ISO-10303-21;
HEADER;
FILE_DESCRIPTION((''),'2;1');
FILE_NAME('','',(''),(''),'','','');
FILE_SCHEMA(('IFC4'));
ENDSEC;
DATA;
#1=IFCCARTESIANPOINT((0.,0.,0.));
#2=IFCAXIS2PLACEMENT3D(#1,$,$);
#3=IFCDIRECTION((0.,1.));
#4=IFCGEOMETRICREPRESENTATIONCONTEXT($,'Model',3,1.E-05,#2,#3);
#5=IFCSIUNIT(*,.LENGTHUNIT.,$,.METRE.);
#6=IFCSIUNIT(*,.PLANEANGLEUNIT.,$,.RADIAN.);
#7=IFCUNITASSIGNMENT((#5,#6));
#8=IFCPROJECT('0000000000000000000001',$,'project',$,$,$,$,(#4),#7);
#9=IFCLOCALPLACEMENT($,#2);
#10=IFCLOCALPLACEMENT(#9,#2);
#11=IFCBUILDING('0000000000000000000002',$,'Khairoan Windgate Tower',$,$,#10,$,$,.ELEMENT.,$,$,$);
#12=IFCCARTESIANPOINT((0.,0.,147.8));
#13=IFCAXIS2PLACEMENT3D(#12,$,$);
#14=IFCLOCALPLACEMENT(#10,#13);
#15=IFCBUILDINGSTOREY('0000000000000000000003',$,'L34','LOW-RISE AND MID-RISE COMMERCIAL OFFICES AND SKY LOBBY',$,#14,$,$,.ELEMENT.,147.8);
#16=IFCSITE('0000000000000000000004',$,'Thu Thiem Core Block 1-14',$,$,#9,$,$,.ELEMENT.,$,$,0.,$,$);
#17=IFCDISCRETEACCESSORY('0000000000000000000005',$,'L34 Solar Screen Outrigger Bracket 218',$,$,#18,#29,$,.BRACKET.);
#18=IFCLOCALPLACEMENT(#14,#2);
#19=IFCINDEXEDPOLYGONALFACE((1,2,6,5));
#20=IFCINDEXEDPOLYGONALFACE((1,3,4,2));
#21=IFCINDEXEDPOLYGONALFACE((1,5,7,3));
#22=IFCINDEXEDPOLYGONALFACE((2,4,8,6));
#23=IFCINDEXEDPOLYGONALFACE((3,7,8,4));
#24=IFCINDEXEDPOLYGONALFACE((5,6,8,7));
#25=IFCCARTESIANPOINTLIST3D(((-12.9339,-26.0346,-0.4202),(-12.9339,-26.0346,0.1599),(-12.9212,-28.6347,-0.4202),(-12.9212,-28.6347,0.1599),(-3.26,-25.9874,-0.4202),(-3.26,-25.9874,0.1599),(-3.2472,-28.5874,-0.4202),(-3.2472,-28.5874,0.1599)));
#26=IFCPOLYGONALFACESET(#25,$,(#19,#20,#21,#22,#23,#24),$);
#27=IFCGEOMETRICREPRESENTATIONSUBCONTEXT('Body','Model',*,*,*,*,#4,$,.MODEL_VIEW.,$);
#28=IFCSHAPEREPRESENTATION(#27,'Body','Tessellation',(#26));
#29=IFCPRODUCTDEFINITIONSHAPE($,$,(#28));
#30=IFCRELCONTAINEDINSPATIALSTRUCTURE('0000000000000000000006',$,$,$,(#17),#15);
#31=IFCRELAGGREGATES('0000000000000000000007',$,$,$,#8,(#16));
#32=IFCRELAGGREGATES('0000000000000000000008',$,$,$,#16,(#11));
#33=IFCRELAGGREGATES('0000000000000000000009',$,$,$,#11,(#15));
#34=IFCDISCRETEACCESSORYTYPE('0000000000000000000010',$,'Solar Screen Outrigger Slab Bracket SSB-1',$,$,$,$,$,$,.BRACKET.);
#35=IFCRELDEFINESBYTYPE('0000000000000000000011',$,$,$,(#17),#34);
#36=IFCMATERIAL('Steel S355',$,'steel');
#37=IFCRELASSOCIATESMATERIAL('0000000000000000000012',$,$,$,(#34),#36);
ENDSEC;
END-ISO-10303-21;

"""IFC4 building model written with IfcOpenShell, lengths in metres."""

from ifc_helpers import new_model, si_unit, direction, frame, origin, origin_2d, place, context, subcontext, project, spatial, rectangle, extrude, material, type_object, element, save


model = new_model("IFC4")

# Units and contexts
model_context = context("Model", 3, precision=1e-05, world=origin(), true_north=direction((0.0, 1.0)))
body_context = subcontext(model_context, "Body", "Model", "MODEL_VIEW")
ifc_project = project(units=[si_unit("LENGTHUNIT", "METRE"), si_unit("PLANEANGLEUNIT", "RADIAN")], contexts=[model_context])

# Site, building, storey
site_placement = place(None, origin())
site = spatial("IfcSite", under=ifc_project, at=site_placement, Name="Thu Thiem Core Block 1-14", CompositionType="ELEMENT", RefElevation=0.0)
building_placement = place(site_placement, origin())
building = spatial("IfcBuilding", under=site, at=building_placement, Name="Khairoan Windgate Tower", CompositionType="ELEMENT")
storey_placement = place(building_placement, frame((0.0, 0.0, 147.8)))
storey = spatial("IfcBuildingStorey", under=building, at=storey_placement, Name="L34", Description="LOW-RISE AND MID-RISE COMMERCIAL OFFICES AND SKY LOBBY", CompositionType="ELEMENT", Elevation=147.8)

# Discrete accessory
ifc_material_1 = material(Name="Steel S355", Category="steel")
discrete_accessory_type = type_object("IfcDiscreteAccessoryType", Name="Solar Screen Outrigger Slab Bracket SSB-1", PredefinedType="BRACKET", material=ifc_material_1)
discrete_accessory_placement = place(storey_placement, frame((-8.0906, -27.311, -0.4202), z_axis=(0.0, 0.0, 1.0), x_axis=(-0.999988, -0.004887, 0.0)))
element("IfcDiscreteAccessory", 1, at=discrete_accessory_placement, inside=storey, type_object=discrete_accessory_type, Name="L34 Solar Screen Outrigger Bracket 218", PredefinedType="BRACKET", context=body_context, shape_type="SweptSolid", body=[
    extrude(rectangle(XDim=9.6741, YDim=2.6001, at=origin_2d()), origin(), (0.0, 0.0, 1.0), 0.5801),
])

save(model, "model.ifc")
